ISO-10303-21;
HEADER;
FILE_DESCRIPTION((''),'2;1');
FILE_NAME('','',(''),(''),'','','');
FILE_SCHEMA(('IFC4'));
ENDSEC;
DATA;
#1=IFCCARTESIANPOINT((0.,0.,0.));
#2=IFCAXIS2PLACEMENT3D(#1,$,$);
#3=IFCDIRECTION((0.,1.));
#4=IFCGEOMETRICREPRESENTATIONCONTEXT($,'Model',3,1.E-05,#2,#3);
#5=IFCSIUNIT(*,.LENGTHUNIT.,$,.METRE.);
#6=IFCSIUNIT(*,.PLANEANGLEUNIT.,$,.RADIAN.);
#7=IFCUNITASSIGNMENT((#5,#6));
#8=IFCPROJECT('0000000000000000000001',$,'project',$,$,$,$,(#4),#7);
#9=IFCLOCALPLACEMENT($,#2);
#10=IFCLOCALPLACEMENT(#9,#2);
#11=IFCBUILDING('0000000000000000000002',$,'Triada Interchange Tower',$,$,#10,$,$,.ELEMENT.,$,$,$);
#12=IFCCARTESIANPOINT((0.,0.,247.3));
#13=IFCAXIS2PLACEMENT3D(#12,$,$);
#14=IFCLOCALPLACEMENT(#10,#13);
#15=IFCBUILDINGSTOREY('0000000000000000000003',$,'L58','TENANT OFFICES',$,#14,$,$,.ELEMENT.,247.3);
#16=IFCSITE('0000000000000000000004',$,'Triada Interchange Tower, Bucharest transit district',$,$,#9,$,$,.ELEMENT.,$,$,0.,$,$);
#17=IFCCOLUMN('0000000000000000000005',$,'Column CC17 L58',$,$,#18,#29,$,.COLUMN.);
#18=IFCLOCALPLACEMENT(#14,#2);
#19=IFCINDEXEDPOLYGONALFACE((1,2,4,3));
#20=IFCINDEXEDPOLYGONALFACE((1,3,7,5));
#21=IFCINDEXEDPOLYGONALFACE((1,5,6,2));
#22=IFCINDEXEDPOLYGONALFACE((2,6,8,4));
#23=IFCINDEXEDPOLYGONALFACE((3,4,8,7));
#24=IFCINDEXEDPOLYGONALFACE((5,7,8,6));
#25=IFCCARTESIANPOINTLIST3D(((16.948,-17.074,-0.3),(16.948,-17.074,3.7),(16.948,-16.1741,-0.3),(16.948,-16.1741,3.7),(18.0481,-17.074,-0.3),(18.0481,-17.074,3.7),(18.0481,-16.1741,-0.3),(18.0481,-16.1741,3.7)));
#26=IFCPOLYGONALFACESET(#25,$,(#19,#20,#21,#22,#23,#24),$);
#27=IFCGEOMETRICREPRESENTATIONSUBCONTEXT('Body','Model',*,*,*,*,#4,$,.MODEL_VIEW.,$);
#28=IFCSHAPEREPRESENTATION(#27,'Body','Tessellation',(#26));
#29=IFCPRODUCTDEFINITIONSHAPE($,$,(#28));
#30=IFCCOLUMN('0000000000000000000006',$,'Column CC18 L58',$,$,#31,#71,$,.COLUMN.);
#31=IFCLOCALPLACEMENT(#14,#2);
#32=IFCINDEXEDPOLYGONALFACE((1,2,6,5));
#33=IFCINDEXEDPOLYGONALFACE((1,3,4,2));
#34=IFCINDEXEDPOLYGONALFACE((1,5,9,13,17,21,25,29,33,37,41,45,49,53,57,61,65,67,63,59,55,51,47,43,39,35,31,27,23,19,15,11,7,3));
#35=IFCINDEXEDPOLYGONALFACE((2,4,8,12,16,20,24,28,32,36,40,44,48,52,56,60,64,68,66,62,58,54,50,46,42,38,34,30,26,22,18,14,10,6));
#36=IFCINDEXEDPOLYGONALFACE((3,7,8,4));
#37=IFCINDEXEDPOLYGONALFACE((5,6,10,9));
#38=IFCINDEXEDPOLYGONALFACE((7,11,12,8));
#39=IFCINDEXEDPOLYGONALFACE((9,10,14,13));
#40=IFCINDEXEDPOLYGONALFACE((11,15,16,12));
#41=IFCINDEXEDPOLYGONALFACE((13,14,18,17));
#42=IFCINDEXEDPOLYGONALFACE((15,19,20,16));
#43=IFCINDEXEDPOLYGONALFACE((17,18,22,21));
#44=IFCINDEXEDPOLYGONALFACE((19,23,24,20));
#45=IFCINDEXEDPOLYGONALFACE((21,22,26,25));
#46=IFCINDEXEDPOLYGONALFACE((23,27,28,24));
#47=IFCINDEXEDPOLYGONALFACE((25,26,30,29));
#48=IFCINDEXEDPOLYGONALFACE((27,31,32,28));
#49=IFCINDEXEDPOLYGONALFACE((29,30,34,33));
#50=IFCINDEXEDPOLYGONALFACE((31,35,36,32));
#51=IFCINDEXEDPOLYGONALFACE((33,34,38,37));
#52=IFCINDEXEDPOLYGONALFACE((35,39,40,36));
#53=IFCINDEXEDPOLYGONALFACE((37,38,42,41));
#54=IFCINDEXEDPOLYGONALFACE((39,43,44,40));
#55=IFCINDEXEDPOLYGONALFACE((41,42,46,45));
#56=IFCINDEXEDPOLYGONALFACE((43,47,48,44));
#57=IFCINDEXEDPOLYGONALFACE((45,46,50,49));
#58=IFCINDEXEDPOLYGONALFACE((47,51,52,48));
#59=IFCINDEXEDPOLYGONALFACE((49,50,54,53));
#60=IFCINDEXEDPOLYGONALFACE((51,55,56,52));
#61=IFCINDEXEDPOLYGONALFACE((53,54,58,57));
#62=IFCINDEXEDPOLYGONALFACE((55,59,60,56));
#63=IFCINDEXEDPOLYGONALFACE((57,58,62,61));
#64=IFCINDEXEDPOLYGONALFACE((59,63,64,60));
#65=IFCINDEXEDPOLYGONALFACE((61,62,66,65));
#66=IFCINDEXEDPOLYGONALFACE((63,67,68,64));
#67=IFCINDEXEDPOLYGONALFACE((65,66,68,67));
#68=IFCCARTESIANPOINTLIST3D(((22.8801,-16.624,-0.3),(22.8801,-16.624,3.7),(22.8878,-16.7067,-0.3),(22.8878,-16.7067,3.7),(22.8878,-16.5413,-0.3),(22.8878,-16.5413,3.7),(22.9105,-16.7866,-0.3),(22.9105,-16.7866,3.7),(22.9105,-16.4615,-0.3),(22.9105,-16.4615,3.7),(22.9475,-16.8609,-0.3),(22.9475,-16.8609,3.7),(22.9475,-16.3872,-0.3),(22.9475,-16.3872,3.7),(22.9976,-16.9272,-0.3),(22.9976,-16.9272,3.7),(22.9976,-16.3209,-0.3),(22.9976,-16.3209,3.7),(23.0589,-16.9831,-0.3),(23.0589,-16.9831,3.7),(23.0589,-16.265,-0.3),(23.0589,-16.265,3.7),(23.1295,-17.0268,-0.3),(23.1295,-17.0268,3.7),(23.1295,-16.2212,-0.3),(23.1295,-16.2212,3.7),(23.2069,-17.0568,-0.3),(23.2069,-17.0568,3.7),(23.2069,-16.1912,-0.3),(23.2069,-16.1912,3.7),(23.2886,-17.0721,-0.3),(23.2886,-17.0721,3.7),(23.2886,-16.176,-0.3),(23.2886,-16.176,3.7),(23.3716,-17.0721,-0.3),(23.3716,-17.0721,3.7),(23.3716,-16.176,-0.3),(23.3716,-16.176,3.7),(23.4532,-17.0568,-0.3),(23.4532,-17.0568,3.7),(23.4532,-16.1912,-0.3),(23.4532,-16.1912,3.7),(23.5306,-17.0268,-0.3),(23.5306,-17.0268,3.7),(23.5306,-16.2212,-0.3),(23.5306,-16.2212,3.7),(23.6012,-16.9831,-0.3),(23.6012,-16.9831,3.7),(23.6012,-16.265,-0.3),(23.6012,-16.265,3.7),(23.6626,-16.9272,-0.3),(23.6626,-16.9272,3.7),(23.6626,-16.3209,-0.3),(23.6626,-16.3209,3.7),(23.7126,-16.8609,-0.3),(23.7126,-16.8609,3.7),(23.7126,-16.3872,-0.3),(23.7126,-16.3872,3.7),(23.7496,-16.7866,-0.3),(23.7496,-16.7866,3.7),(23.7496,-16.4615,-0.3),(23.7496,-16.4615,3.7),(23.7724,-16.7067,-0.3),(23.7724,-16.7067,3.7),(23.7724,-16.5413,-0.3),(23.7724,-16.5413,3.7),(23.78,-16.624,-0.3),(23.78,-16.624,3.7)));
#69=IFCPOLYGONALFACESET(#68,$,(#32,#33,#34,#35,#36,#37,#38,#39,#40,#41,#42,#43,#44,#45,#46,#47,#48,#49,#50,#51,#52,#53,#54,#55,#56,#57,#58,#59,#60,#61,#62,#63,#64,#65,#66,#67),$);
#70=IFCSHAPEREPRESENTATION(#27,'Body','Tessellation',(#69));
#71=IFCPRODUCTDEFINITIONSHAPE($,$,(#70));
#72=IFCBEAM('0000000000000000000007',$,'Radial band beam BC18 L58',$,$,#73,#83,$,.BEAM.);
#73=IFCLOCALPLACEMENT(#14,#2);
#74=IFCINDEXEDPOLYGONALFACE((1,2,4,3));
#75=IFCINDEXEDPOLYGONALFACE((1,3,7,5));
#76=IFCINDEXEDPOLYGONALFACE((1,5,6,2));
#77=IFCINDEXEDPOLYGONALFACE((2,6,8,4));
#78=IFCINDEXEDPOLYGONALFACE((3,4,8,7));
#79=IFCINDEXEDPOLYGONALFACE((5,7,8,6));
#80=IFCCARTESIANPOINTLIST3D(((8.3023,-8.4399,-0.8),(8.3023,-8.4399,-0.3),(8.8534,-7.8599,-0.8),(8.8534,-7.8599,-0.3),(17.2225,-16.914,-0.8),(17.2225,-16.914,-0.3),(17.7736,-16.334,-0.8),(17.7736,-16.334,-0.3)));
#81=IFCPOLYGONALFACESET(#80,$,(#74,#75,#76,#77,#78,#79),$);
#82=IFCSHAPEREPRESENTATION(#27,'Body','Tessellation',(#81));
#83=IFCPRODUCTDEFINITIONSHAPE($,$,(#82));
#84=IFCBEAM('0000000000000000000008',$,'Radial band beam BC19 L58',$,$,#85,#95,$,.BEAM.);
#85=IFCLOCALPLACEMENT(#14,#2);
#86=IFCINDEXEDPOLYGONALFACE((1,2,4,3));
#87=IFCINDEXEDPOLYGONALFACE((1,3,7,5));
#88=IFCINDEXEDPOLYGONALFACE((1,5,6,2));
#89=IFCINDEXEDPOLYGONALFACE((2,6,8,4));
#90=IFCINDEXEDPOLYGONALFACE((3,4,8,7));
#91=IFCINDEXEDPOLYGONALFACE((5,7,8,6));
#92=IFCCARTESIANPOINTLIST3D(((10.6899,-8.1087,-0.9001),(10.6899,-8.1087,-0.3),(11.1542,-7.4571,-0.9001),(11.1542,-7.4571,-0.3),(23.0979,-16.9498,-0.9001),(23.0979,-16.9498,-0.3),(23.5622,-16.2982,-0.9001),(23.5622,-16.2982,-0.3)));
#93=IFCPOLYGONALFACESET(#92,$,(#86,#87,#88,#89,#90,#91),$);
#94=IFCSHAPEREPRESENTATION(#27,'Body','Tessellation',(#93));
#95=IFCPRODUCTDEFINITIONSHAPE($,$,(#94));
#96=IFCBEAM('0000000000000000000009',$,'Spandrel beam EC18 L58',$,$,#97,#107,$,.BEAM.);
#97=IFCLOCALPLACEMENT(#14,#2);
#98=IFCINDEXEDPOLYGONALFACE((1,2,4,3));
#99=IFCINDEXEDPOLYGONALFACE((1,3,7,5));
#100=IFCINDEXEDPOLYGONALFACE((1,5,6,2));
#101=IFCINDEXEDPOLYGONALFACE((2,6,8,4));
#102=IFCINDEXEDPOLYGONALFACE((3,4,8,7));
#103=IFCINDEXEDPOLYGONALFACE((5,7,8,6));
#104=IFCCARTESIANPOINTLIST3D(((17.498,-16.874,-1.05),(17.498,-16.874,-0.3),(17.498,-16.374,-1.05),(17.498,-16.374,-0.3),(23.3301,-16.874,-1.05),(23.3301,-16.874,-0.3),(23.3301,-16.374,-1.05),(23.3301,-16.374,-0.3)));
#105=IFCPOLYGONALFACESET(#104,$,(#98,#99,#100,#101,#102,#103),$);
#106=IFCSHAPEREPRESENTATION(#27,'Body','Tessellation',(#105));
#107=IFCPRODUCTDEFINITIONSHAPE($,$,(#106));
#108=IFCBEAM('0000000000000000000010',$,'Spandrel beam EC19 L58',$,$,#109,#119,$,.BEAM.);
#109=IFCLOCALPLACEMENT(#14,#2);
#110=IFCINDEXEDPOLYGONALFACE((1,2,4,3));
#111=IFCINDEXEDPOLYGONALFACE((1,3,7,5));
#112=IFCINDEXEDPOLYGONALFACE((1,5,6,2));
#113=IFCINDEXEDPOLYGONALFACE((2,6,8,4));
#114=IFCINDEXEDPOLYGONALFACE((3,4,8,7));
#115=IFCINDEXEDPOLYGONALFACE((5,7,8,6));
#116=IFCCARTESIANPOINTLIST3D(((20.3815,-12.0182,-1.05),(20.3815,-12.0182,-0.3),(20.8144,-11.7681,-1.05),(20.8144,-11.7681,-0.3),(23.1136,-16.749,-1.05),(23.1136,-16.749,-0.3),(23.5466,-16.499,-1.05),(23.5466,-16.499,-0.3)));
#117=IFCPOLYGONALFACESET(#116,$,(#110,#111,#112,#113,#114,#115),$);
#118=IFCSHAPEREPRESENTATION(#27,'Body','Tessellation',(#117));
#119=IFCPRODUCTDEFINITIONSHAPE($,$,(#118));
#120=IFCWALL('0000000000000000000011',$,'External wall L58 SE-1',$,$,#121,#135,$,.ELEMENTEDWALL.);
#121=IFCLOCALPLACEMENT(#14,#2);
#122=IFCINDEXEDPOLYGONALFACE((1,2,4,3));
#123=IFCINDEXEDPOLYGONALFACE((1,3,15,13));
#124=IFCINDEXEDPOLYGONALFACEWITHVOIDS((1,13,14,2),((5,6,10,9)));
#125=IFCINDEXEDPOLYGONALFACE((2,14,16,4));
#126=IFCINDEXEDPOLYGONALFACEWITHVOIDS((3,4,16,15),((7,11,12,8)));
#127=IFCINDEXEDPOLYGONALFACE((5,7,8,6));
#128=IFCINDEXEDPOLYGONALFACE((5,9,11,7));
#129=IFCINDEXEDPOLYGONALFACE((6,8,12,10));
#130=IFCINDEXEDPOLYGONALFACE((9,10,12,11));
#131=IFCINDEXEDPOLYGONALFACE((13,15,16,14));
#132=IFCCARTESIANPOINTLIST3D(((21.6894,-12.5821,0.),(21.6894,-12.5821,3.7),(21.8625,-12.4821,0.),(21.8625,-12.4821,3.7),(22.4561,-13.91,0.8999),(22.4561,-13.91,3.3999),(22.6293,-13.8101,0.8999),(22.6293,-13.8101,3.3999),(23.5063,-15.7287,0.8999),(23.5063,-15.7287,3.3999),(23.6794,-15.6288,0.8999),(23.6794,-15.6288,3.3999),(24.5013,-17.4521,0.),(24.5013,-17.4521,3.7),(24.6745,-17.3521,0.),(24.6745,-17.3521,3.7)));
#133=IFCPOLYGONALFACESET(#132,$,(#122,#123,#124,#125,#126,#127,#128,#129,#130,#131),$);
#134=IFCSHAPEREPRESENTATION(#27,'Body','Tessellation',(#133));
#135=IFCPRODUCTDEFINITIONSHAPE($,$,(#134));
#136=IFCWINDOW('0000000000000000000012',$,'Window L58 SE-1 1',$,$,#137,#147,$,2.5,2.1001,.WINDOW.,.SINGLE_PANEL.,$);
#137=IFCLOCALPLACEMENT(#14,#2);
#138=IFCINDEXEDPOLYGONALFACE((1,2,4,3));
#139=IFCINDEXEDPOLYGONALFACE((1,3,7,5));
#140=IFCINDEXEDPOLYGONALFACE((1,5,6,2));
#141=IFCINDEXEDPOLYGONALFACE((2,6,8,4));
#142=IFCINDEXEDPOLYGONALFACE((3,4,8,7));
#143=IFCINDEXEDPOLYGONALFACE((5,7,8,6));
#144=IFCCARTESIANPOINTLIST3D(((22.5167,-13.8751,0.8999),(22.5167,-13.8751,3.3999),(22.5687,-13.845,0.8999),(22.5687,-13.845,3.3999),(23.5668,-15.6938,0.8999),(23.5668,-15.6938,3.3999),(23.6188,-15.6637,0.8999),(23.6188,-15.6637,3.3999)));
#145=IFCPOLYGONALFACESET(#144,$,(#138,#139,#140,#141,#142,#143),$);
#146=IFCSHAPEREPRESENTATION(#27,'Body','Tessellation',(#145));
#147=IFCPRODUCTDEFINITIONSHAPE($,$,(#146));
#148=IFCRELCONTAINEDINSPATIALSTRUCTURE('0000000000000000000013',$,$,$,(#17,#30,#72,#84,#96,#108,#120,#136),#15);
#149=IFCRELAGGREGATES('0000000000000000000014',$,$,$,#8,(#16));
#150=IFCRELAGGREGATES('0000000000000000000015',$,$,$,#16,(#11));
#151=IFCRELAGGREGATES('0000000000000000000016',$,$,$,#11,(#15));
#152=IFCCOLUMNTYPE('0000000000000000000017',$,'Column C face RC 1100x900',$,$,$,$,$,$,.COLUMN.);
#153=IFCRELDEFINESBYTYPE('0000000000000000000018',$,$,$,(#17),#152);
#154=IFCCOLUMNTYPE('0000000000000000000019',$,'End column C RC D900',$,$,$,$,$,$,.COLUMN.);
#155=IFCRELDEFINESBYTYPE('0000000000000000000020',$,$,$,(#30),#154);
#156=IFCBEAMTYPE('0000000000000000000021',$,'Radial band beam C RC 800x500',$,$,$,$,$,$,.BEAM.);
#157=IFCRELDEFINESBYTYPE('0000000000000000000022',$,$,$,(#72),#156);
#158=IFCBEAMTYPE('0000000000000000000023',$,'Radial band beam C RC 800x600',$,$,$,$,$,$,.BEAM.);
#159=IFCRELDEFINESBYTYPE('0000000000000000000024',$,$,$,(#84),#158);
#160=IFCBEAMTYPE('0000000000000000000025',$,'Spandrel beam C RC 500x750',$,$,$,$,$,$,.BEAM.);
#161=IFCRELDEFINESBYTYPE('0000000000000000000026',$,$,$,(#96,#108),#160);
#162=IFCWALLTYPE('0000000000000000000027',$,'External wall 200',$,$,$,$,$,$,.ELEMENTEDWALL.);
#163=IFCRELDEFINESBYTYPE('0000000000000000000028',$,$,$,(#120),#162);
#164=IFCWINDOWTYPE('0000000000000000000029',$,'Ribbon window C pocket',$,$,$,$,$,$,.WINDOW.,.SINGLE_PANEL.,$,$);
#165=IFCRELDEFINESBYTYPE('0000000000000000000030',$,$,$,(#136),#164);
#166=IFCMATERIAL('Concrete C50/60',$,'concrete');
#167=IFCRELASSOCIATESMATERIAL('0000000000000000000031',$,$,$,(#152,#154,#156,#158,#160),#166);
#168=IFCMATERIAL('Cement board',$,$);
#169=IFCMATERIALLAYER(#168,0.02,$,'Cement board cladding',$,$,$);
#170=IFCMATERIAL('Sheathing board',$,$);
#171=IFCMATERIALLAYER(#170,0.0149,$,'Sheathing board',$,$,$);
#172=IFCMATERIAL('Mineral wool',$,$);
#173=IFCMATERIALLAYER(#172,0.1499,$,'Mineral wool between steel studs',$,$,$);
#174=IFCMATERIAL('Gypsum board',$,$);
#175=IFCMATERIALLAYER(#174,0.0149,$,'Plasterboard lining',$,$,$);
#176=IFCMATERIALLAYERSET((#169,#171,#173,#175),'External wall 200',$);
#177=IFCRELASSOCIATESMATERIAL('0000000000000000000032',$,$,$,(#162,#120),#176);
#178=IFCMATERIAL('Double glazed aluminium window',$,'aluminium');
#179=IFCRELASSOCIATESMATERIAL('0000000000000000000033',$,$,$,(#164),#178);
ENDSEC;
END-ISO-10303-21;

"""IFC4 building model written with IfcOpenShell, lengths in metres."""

from ifc_helpers import new_model, si_unit, direction, frame, frame_2d, origin, origin_2d, place, context, subcontext, project, spatial, rectangle, circle, extrude, material, layer, layer_set, layer_usage, material_profile, profile_set, type_object, element, fill, save


model = new_model("IFC4")

# Units and contexts
model_context = context("Model", 3, precision=1e-05, world=origin(), true_north=direction((0.0, 1.0)))
body_context = subcontext(model_context, "Body", "Model", "MODEL_VIEW")
ifc_project = project(units=[si_unit("LENGTHUNIT", "METRE"), si_unit("PLANEANGLEUNIT", "RADIAN")], contexts=[model_context])

# Site, building, storey
site_placement = place(None, origin())
site = spatial("IfcSite", under=ifc_project, at=site_placement, Name="Triada Interchange Tower, Bucharest transit district", CompositionType="ELEMENT", RefElevation=0.0)
building_placement = place(site_placement, origin())
building = spatial("IfcBuilding", under=site, at=building_placement, Name="Triada Interchange Tower", CompositionType="ELEMENT")
storey_placement = place(building_placement, frame((0.0, 0.0, 247.3)))
storey = spatial("IfcBuildingStorey", under=building, at=storey_placement, Name="L58", Description="TENANT OFFICES", CompositionType="ELEMENT", Elevation=247.3)

# Columns
ifc_material_1 = material(Name="Concrete C50/60", Category="concrete")
ifc_material_profile_1 = material_profile(ifc_material_1, rectangle(XDim=1.1001, YDim=0.8999, at=origin_2d()), Name="RC 1100x900")
ifc_profile_set_1 = profile_set([ifc_material_profile_1], Name="Concrete C50/60")
column_type_1 = type_object("IfcColumnType", Name="Column C face RC 1100x900", PredefinedType="COLUMN", material=ifc_profile_set_1)
column_1_placement = place(storey_placement, frame((17.498, -16.624, -0.3), z_axis=(0.0, 0.0, 1.0), x_axis=(1.0, 0.0, 0.0)))
element("IfcColumn", 1, at=column_1_placement, inside=storey, type_object=column_type_1, Name="Column CC17 L58", PredefinedType="COLUMN", context=body_context, shape_type="SweptSolid", body=[
    extrude(rectangle(XDim=1.1001, YDim=0.8999, at=origin_2d()), origin(), (0.0, 0.0, 1.0), 4.0),
])
ifc_material_profile_2 = material_profile(ifc_material_1, circle(Radius=0.45, at=origin_2d()), Name="RC D900")
ifc_profile_set_2 = profile_set([ifc_material_profile_2], Name="Concrete C50/60")
column_type_2 = type_object("IfcColumnType", Name="End column C RC D900", PredefinedType="COLUMN", material=ifc_profile_set_2)
column_2_placement = place(storey_placement, frame((23.3301, -16.624, -0.3), z_axis=(0.0, 0.0, 1.0), x_axis=(1.0, 0.0, 0.0)))
element("IfcColumn", 2, at=column_2_placement, inside=storey, type_object=column_type_2, Name="Column CC18 L58", PredefinedType="COLUMN", context=body_context, shape_type="SweptSolid", body=[
    extrude(circle(Radius=0.45, at=origin_2d()), origin(), (0.0, 0.0, 1.0), 4.0),
])

# Beams
ifc_material_profile_3 = material_profile(ifc_material_1, rectangle(XDim=0.8, YDim=0.5, at=origin_2d()), Name="RC 800x500")
ifc_profile_set_3 = profile_set([ifc_material_profile_3], Name="Concrete C50/60")
beam_type_1 = type_object("IfcBeamType", Name="Radial band beam C RC 800x500", PredefinedType="BEAM", material=ifc_profile_set_3)
beam_1_placement = place(storey_placement, frame((17.498, -16.624, -0.55), z_axis=(-0.725001, 0.688748, 0.0), x_axis=(-0.688748, -0.725001, 0.0)))
element("IfcBeam", 3, at=beam_1_placement, inside=storey, type_object=beam_type_1, Name="Radial band beam BC18 L58", PredefinedType="BEAM", context=body_context, shape_type="SweptSolid", body=[
    extrude(rectangle(XDim=0.8, YDim=0.5, at=origin_2d()), origin(), (0.0, 0.0, 1.0), 12.3037),
])
ifc_material_profile_4 = material_profile(ifc_material_1, rectangle(XDim=0.8, YDim=0.6001, at=origin_2d()), Name="RC 800x600")
ifc_profile_set_4 = profile_set([ifc_material_profile_4], Name="Concrete C50/60")
beam_type_2 = type_object("IfcBeamType", Name="Radial band beam C RC 800x600", PredefinedType="BEAM", material=ifc_profile_set_4)
beam_2_placement = place(storey_placement, frame((23.3301, -16.624, -0.6001), z_axis=(-0.814409, 0.580292, 0.0), x_axis=(-0.580292, -0.814409, 0.0)))
element("IfcBeam", 4, at=beam_2_placement, inside=storey, type_object=beam_type_2, Name="Radial band beam BC19 L58", PredefinedType="BEAM", context=body_context, shape_type="SweptSolid", body=[
    extrude(rectangle(XDim=0.8, YDim=0.6001, at=origin_2d()), origin(), (0.0, 0.0, 1.0), 15.2356),
])
ifc_material_profile_5 = material_profile(ifc_material_1, rectangle(XDim=0.5, YDim=0.75, at=origin_2d()), Name="RC 500x750")
ifc_profile_set_5 = profile_set([ifc_material_profile_5], Name="Concrete C50/60")
beam_type_3 = type_object("IfcBeamType", Name="Spandrel beam C RC 500x750", PredefinedType="BEAM", material=ifc_profile_set_5)
beam_3_placement = place(storey_placement, frame((17.498, -16.624, -0.675), z_axis=(1.0, 0.0, 0.0), x_axis=(0.0, 1.0, 0.0)))
element("IfcBeam", 5, at=beam_3_placement, inside=storey, type_object=beam_type_3, Name="Spandrel beam EC18 L58", PredefinedType="BEAM", context=body_context, shape_type="SweptSolid", body=[
    extrude(rectangle(XDim=0.5, YDim=0.75, at=origin_2d()), origin(), (0.0, 0.0, 1.0), 5.832),
])
beam_4_placement = place(storey_placement, frame((23.3301, -16.624, -0.675), z_axis=(-0.500104, 0.865965, 0.0), x_axis=(-0.865965, -0.500104, 0.0)))
element("IfcBeam", 6, at=beam_4_placement, inside=storey, type_object=beam_type_3, Name="Spandrel beam EC19 L58", PredefinedType="BEAM", context=body_context, shape_type="SweptSolid", body=[
    extrude(rectangle(XDim=0.5, YDim=0.75, at=origin_2d()), origin(), (0.0, 0.0, 1.0), 5.4631),
])

# Wall, opening, window
ifc_material_2 = material(Name="Cement board")
ifc_layer_1 = layer(ifc_material_2, 0.02, Name="Cement board cladding")
ifc_material_3 = material(Name="Sheathing board")
ifc_layer_2 = layer(ifc_material_3, 0.0149, Name="Sheathing board")
ifc_material_4 = material(Name="Mineral wool")
ifc_layer_3 = layer(ifc_material_4, 0.1499, Name="Mineral wool between steel studs")
ifc_material_5 = material(Name="Gypsum board")
ifc_layer_4 = layer(ifc_material_5, 0.0149, Name="Plasterboard lining")
ifc_layer_set_1 = layer_set([ifc_layer_1, ifc_layer_2, ifc_layer_3, ifc_layer_4], Name="External wall 200")
ifc_layer_usage = layer_usage(ifc_layer_set_1, "AXIS2", "POSITIVE", -0.1001)
wall_type_1 = type_object("IfcWallType", Name="External wall 200", PredefinedType="ELEMENTEDWALL", material=ifc_layer_set_1)
wall_1_placement = place(storey_placement, frame((24.5879, -17.4021, 0.0), z_axis=(0.0, 0.0, 1.0), x_axis=(-0.500033, 0.866006, 0.0)))
wall_1 = element("IfcWall", 7, at=wall_1_placement, inside=storey, type_object=wall_type_1, material=ifc_layer_usage, Name="External wall L58 SE-1", PredefinedType="ELEMENTEDWALL", context=body_context, shape_type="SweptSolid", body=[
    extrude(rectangle(XDim=5.6235, YDim=0.2, at=frame_2d((2.8118, 0.0))), origin(), (0.0, 0.0, 1.0), 3.7),
])
opening_1_placement = place(wall_1_placement, frame((1.99, 0.0, 0.8999)))
opening_1 = element("IfcOpeningElement", 8, at=opening_1_placement, cuts=wall_1, PredefinedType="OPENING", context=body_context, shape_type="SweptSolid", body=[
    extrude(rectangle(XDim=2.1001, YDim=2.5, at=frame_2d((1.05, 1.25))), frame((0.0, 0.1099, 0.0), z_axis=(0.0, -1.0, 0.0), x_axis=(1.0, 0.0, 0.0)), (0.0, 0.0, 1.0), 0.22),
])
ifc_material_6 = material(Name="Double glazed aluminium window", Category="aluminium")
window_type_1 = type_object("IfcWindowType", Name="Ribbon window C pocket", PartitioningType="SINGLE_PANEL", PredefinedType="WINDOW", material=ifc_material_6)
window_1_placement = place(opening_1_placement, origin())
window_1 = element("IfcWindow", 9, at=window_1_placement, inside=storey, type_object=window_type_1, Name="Window L58 SE-1 1", OverallHeight=2.5, OverallWidth=2.1001, PartitioningType="SINGLE_PANEL", PredefinedType="WINDOW", context=body_context, shape_type="SweptSolid", body=[
    extrude(rectangle(XDim=2.1001, YDim=2.5, at=frame_2d((1.05, 1.25))), frame((0.0, 0.03, 0.0), z_axis=(0.0, -1.0, 0.0), x_axis=(1.0, 0.0, 0.0)), (0.0, 0.0, 1.0), 0.0601),
])
fill(opening_1, window_1)

save(model, "model.ifc")
